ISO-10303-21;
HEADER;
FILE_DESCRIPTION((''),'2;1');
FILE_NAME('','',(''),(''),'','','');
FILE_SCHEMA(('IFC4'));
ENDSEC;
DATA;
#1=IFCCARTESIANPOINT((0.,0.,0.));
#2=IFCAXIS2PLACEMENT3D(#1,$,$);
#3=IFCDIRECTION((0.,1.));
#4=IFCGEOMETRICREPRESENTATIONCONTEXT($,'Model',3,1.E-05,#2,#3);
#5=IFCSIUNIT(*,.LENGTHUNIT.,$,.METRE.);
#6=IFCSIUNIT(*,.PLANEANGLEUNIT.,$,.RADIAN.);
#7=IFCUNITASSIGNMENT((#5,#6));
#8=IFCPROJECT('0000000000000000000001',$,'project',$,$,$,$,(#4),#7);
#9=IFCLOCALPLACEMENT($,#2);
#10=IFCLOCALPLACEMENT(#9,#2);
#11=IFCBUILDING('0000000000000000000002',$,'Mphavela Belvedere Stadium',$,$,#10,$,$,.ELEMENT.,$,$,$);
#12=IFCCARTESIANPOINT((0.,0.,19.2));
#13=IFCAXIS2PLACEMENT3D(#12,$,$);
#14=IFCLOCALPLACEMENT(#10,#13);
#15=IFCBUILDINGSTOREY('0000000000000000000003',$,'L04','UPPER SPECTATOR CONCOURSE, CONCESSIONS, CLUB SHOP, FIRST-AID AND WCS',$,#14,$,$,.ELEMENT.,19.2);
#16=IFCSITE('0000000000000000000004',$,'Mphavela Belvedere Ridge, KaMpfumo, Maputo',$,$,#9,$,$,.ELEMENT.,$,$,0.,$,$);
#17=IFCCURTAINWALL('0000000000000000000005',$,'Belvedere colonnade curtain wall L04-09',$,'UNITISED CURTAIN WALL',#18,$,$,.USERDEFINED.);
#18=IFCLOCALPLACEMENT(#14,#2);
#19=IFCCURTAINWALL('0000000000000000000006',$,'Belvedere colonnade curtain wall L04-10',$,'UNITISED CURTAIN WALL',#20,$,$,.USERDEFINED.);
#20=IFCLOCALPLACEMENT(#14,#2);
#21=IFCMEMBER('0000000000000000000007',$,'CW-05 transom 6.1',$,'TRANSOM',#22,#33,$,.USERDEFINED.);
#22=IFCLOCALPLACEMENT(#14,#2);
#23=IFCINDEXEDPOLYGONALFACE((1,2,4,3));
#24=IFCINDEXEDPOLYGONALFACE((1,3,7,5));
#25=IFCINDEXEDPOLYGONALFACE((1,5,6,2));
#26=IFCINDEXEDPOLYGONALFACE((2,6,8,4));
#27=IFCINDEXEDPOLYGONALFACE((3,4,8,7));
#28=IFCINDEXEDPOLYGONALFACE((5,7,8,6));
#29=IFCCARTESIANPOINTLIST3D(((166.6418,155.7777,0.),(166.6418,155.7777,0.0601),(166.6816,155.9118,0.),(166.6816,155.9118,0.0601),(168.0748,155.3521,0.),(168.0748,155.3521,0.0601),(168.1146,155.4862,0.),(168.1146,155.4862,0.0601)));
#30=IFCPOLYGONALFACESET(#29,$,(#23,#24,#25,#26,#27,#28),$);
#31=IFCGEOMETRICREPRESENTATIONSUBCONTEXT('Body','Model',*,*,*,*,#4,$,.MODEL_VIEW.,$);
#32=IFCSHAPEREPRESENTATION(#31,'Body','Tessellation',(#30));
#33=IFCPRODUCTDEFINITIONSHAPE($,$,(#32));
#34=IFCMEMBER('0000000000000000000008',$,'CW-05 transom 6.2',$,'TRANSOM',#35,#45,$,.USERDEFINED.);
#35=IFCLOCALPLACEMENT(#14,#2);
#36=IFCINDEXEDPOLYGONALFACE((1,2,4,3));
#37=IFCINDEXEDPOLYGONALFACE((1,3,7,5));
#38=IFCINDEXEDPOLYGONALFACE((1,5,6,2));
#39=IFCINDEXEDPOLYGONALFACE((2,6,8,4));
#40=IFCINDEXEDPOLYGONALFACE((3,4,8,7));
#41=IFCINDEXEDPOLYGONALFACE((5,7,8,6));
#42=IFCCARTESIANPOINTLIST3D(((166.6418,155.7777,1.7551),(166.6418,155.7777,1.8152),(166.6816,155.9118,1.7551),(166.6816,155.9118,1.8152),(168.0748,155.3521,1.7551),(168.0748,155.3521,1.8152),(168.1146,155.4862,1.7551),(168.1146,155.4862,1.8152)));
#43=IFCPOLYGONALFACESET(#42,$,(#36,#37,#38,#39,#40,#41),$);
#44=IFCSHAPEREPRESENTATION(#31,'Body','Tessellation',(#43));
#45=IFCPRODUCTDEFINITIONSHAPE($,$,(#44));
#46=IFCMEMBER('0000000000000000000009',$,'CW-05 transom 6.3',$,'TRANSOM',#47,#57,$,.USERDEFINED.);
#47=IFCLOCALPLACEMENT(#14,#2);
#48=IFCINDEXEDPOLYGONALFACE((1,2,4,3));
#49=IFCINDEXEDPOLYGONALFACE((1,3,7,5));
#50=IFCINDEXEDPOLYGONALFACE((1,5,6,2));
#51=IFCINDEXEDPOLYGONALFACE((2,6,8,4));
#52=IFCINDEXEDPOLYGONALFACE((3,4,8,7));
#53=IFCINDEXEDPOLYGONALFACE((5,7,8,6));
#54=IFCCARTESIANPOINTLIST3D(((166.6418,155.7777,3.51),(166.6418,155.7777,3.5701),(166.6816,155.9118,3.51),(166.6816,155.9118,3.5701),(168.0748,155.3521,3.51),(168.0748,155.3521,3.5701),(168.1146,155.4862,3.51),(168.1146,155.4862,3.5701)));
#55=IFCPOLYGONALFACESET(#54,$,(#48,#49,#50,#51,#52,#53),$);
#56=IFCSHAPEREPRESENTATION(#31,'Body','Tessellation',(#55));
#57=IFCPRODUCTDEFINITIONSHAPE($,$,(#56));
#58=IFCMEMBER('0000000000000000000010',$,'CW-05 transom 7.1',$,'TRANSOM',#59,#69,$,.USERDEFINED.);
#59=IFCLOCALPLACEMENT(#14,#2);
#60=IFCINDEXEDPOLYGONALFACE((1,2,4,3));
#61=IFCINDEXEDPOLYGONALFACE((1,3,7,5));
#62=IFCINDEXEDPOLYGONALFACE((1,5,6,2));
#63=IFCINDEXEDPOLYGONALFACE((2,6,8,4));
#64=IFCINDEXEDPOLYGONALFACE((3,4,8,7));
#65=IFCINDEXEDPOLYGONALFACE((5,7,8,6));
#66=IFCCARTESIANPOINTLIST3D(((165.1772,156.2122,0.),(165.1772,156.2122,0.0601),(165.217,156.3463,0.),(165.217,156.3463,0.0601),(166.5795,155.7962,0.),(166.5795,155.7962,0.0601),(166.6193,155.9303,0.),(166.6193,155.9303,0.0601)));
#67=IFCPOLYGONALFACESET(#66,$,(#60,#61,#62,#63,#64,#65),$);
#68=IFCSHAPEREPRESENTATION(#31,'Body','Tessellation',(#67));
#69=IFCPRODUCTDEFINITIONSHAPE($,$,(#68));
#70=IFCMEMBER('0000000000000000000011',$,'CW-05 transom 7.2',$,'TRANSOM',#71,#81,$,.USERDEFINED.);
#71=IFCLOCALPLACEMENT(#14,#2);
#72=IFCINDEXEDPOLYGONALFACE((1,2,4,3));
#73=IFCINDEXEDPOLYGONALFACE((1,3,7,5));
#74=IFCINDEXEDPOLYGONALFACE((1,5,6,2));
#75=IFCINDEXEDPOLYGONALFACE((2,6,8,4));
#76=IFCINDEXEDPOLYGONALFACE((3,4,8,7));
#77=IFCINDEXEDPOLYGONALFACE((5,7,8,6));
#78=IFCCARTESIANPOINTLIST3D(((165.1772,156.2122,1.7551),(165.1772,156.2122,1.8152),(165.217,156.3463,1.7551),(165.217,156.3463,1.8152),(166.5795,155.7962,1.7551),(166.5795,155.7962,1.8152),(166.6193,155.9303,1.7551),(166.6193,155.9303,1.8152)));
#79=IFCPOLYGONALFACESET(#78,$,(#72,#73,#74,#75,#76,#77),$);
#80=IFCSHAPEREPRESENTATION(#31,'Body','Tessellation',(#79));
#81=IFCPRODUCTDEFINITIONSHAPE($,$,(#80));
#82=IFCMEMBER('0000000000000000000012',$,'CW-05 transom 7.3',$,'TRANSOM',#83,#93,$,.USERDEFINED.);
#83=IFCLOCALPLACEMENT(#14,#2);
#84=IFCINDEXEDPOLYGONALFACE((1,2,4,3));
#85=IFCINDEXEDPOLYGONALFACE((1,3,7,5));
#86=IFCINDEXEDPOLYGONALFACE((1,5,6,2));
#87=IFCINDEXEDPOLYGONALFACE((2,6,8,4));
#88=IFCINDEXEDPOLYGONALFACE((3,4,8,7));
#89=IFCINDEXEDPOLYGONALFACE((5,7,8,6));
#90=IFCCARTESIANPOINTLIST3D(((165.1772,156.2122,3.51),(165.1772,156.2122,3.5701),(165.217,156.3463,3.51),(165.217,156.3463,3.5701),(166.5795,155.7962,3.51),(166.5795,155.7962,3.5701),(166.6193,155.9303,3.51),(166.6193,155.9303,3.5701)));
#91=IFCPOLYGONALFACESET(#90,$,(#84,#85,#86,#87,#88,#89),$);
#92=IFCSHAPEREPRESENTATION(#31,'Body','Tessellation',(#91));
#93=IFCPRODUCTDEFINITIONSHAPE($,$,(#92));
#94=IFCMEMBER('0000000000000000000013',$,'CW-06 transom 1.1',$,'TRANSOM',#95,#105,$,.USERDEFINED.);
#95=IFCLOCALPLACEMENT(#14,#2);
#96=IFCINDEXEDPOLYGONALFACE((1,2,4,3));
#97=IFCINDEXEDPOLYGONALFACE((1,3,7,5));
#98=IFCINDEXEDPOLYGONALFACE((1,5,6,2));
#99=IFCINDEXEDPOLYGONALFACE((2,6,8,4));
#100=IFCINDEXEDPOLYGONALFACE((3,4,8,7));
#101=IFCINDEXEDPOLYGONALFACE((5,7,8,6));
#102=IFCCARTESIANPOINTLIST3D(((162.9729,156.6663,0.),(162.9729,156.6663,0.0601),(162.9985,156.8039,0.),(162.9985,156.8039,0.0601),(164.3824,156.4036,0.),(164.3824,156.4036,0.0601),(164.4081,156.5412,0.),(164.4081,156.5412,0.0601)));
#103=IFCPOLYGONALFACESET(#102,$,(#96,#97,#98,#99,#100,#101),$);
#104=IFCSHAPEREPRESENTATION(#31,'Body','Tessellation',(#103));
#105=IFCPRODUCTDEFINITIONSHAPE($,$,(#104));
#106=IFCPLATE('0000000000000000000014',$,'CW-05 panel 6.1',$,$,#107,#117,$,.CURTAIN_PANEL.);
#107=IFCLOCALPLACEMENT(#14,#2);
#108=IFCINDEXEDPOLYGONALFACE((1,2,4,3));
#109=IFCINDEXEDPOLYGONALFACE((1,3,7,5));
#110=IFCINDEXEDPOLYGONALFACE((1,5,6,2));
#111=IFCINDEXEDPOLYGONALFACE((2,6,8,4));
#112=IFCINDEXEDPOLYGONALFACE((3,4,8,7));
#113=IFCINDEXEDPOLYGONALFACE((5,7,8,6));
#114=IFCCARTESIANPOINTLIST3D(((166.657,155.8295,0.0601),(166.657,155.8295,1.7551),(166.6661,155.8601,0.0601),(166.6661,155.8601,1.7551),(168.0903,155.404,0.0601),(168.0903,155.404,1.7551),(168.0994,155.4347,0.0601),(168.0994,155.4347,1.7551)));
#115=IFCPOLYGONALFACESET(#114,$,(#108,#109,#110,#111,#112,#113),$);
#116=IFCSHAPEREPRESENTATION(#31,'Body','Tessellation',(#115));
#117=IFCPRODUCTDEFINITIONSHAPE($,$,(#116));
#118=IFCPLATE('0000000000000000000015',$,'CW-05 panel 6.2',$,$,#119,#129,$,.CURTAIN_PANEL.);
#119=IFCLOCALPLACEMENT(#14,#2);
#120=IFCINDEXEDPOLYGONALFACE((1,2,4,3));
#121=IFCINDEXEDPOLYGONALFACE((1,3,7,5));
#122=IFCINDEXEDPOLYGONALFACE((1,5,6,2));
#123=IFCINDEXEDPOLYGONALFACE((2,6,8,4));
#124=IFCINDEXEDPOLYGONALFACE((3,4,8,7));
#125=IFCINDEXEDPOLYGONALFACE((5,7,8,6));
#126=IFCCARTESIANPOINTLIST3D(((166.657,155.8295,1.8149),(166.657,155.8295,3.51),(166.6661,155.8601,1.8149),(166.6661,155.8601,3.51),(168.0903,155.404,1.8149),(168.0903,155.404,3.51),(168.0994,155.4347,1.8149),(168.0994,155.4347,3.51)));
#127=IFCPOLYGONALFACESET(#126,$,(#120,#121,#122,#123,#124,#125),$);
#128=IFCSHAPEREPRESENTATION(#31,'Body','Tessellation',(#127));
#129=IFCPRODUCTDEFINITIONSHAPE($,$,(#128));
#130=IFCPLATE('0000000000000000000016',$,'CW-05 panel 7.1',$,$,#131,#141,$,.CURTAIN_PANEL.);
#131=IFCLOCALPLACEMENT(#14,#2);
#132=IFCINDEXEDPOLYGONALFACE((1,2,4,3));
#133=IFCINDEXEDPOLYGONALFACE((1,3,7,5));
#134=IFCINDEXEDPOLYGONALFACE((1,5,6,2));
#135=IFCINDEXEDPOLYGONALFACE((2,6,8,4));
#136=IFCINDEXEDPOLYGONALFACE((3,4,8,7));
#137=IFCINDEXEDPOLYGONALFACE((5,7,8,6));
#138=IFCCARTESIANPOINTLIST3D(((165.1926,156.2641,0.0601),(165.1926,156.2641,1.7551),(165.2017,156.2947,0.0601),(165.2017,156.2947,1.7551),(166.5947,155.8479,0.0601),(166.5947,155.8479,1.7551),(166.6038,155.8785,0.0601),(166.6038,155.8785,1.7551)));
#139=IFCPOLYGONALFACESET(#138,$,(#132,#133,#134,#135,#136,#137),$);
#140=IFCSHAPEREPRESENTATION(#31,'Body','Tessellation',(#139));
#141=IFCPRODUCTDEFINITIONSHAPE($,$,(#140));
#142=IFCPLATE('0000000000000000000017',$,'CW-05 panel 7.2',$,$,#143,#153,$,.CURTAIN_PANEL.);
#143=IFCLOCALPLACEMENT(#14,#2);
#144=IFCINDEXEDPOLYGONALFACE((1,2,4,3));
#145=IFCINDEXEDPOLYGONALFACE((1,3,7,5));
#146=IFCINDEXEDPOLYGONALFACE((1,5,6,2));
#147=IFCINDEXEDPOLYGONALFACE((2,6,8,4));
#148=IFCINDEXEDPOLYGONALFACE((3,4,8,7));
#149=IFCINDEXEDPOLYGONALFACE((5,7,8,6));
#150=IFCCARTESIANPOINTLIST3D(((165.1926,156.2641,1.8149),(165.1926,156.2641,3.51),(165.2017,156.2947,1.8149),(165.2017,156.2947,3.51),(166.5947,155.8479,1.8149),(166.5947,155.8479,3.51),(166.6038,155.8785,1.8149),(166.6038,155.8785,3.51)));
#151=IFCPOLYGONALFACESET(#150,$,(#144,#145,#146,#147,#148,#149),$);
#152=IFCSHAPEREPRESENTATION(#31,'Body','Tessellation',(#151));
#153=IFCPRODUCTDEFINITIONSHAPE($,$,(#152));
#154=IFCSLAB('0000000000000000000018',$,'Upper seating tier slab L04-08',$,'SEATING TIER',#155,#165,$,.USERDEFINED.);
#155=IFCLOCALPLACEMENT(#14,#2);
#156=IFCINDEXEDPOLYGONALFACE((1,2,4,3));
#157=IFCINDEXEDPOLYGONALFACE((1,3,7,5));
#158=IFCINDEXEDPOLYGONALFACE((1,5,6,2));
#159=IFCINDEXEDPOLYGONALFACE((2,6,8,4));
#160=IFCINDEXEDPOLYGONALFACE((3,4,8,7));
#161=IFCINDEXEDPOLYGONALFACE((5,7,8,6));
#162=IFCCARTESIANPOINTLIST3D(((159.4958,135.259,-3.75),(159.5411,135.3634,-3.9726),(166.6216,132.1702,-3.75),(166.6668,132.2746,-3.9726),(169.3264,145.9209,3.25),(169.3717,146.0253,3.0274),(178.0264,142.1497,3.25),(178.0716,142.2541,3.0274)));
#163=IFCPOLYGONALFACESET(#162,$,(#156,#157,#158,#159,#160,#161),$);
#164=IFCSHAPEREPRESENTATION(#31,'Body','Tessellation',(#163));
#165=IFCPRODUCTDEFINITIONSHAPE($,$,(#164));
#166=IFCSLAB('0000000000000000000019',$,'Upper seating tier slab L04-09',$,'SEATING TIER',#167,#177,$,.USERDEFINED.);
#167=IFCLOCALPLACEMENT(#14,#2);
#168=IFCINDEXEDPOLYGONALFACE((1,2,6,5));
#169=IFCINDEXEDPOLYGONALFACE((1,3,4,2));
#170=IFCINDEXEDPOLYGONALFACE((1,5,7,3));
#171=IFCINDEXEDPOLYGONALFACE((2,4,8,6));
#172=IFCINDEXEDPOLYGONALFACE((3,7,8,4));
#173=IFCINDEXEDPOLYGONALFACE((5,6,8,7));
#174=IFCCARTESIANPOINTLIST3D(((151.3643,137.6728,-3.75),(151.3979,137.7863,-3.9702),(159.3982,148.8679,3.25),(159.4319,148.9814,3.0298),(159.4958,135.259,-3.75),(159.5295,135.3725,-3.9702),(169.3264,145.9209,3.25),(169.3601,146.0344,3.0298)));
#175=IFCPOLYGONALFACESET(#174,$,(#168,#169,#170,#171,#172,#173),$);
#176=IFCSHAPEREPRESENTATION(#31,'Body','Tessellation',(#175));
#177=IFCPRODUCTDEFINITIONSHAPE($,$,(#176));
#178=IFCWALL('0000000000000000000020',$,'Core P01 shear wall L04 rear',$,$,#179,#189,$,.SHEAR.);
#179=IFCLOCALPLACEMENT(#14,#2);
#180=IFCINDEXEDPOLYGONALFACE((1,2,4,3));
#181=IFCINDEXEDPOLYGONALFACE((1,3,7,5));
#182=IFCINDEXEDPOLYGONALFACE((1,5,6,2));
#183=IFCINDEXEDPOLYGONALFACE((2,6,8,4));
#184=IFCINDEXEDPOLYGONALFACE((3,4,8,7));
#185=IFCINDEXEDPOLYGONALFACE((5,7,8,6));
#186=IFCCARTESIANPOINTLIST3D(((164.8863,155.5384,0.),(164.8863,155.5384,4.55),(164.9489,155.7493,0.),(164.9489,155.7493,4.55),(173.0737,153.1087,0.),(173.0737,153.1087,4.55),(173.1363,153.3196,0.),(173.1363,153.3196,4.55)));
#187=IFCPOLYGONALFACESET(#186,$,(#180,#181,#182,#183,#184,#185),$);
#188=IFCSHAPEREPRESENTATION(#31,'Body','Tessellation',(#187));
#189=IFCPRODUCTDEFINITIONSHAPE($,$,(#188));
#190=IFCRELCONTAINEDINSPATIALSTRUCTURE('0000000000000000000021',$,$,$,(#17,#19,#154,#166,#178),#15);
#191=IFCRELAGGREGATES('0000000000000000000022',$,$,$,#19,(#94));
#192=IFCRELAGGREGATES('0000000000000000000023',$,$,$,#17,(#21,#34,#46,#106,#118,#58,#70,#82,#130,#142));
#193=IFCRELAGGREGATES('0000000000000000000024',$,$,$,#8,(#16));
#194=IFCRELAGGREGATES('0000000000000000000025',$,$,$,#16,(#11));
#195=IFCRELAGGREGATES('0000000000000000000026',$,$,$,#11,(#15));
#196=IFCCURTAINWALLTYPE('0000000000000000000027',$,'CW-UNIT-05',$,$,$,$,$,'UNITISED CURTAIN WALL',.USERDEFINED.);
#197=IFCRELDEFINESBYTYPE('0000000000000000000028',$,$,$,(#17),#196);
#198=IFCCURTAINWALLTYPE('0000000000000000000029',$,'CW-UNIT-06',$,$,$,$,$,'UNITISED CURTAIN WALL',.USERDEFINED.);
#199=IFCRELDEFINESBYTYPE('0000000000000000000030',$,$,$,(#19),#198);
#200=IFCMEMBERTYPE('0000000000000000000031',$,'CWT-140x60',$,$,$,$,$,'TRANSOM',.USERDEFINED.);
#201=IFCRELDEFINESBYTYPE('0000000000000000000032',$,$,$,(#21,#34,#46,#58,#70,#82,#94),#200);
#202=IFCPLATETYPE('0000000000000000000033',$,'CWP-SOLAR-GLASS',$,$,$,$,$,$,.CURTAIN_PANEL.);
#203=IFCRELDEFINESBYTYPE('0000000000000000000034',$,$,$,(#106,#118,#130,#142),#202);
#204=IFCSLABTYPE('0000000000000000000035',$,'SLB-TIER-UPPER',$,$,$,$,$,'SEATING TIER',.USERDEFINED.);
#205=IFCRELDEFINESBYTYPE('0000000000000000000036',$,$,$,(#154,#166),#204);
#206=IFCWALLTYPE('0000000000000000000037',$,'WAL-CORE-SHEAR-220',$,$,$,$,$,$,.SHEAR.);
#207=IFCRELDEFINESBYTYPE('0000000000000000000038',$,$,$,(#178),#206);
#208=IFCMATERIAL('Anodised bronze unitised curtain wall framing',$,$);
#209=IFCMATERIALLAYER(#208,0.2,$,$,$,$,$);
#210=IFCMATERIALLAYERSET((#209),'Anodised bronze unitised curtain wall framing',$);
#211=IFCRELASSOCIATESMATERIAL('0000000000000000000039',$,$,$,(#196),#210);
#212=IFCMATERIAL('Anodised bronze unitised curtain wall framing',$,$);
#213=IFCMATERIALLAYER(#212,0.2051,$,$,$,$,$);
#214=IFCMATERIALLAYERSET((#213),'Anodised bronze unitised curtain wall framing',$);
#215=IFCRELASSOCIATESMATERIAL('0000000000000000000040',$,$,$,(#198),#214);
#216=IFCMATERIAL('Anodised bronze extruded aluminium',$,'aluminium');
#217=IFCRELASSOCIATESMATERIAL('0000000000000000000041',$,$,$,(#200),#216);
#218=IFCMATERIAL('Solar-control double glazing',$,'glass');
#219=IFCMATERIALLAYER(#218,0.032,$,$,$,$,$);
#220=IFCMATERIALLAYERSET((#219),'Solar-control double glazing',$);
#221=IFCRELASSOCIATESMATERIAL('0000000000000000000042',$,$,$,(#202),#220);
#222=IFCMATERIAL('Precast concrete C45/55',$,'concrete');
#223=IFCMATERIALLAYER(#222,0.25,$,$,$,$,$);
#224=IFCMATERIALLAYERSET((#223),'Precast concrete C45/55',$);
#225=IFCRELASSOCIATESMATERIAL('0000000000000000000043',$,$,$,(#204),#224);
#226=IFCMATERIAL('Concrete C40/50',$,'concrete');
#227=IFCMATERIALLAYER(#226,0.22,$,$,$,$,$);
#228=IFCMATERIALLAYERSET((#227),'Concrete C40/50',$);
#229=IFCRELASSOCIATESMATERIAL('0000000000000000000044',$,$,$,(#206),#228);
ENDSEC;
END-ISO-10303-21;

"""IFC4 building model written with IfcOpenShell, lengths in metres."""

from ifc_helpers import new_model, si_unit, direction, frame, frame_2d, origin, origin_2d, place, context, subcontext, project, spatial, polyline, rectangle, outline, extrude, material, layer, layer_set, material_profile, profile_set, type_object, element, aggregate, save


model = new_model("IFC4")

# Units and contexts
model_context = context("Model", 3, precision=1e-05, world=origin(), true_north=direction((0.0, 1.0)))
body_context = subcontext(model_context, "Body", "Model", "MODEL_VIEW")
ifc_project = project(units=[si_unit("LENGTHUNIT", "METRE"), si_unit("PLANEANGLEUNIT", "RADIAN")], contexts=[model_context])

# Site, building, storey
site_placement = place(None, origin())
site = spatial("IfcSite", under=ifc_project, at=site_placement, Name="Mphavela Belvedere Ridge, KaMpfumo, Maputo", CompositionType="ELEMENT", RefElevation=0.0)
building_placement = place(site_placement, origin())
building = spatial("IfcBuilding", under=site, at=building_placement, Name="Mphavela Belvedere Stadium", CompositionType="ELEMENT")
storey_placement = place(building_placement, frame((0.0, 0.0, 19.2)))
storey = spatial("IfcBuildingStorey", under=building, at=storey_placement, Name="L04", Description="UPPER SPECTATOR CONCOURSE, CONCESSIONS, CLUB SHOP, FIRST-AID AND WCS", CompositionType="ELEMENT", Elevation=19.2)

# Curtain wall
ifc_material_1 = material(Name="Anodised bronze unitised curtain wall framing")
ifc_layer_1 = layer(ifc_material_1, 0.2)
ifc_layer_set_1 = layer_set([ifc_layer_1], Name="Anodised bronze unitised curtain wall framing")
curtain_wall_type_1 = type_object("IfcCurtainWallType", Name="CW-UNIT-05", ElementType="UNITISED CURTAIN WALL", PredefinedType="USERDEFINED", material=ifc_layer_set_1)
curtain_wall_1_placement = place(storey_placement, origin())
curtain_wall_1 = element("IfcCurtainWall", 1, at=curtain_wall_1_placement, inside=storey, type_object=curtain_wall_type_1, Name="Belvedere colonnade curtain wall L04-09", ObjectType="UNITISED CURTAIN WALL", PredefinedType="USERDEFINED")

# Curtain wall
ifc_material_2 = material(Name="Anodised bronze unitised curtain wall framing")
ifc_layer_2 = layer(ifc_material_2, 0.2051)
ifc_layer_set_2 = layer_set([ifc_layer_2], Name="Anodised bronze unitised curtain wall framing")
curtain_wall_type_2 = type_object("IfcCurtainWallType", Name="CW-UNIT-06", ElementType="UNITISED CURTAIN WALL", PredefinedType="USERDEFINED", material=ifc_layer_set_2)
curtain_wall_2_placement = place(storey_placement, origin())
curtain_wall_2 = element("IfcCurtainWall", 2, at=curtain_wall_2_placement, inside=storey, type_object=curtain_wall_type_2, Name="Belvedere colonnade curtain wall L04-10", ObjectType="UNITISED CURTAIN WALL", PredefinedType="USERDEFINED")

# Members
ifc_material_3 = material(Name="Anodised bronze extruded aluminium", Category="aluminium")
ifc_material_profile_1 = material_profile(ifc_material_3, rectangle(XDim=0.1399, YDim=0.0601, at=origin_2d()), Name="CW-TRN 140x60")
ifc_profile_set_1 = profile_set([ifc_material_profile_1], Name="Anodised bronze extruded aluminium")
member_type_1 = type_object("IfcMemberType", Name="CWT-140x60", ElementType="TRANSOM", PredefinedType="USERDEFINED", material=ifc_profile_set_1)
member_1_placement = place(storey_placement, frame((168.0947, 155.4192, 0.03), z_axis=(-0.958632, 0.28465, 0.0), x_axis=(-0.28465, -0.958632, 0.0)))
member_1 = element("IfcMember", 3, at=member_1_placement, type_object=member_type_1, Name="CW-05 transom 6.1", ObjectType="TRANSOM", PredefinedType="USERDEFINED", context=body_context, shape_type="SweptSolid", body=[
    extrude(rectangle(XDim=0.1399, YDim=0.0601, at=origin_2d()), origin(), (0.0, 0.0, 1.0), 1.4949),
])
member_2_placement = place(storey_placement, frame((168.0947, 155.4192, 1.7852), z_axis=(-0.958632, 0.28465, 0.0), x_axis=(-0.28465, -0.958632, 0.0)))
member_2 = element("IfcMember", 4, at=member_2_placement, type_object=member_type_1, Name="CW-05 transom 6.2", ObjectType="TRANSOM", PredefinedType="USERDEFINED", context=body_context, shape_type="SweptSolid", body=[
    extrude(rectangle(XDim=0.1399, YDim=0.0601, at=origin_2d()), origin(), (0.0, 0.0, 1.0), 1.4949),
])
member_3_placement = place(storey_placement, frame((168.0947, 155.4192, 3.54), z_axis=(-0.958632, 0.28465, 0.0), x_axis=(-0.28465, -0.958632, 0.0)))
member_3 = element("IfcMember", 5, at=member_3_placement, type_object=member_type_1, Name="CW-05 transom 6.3", ObjectType="TRANSOM", PredefinedType="USERDEFINED", context=body_context, shape_type="SweptSolid", body=[
    extrude(rectangle(XDim=0.1399, YDim=0.0601, at=origin_2d()), origin(), (0.0, 0.0, 1.0), 1.4949),
])
member_4_placement = place(storey_placement, frame((166.5994, 155.8633, 0.03), z_axis=(-0.958704, 0.284407, 0.0), x_axis=(-0.284407, -0.958704, 0.0)))
member_4 = element("IfcMember", 6, at=member_4_placement, type_object=member_type_1, Name="CW-05 transom 7.1", ObjectType="TRANSOM", PredefinedType="USERDEFINED", context=body_context, shape_type="SweptSolid", body=[
    extrude(rectangle(XDim=0.1399, YDim=0.0601, at=origin_2d()), origin(), (0.0, 0.0, 1.0), 1.4626),
])
member_5_placement = place(storey_placement, frame((166.5994, 155.8633, 1.7852), z_axis=(-0.958704, 0.284407, 0.0), x_axis=(-0.284407, -0.958704, 0.0)))
member_5 = element("IfcMember", 7, at=member_5_placement, type_object=member_type_1, Name="CW-05 transom 7.2", ObjectType="TRANSOM", PredefinedType="USERDEFINED", context=body_context, shape_type="SweptSolid", body=[
    extrude(rectangle(XDim=0.1399, YDim=0.0601, at=origin_2d()), origin(), (0.0, 0.0, 1.0), 1.4626),
])
member_6_placement = place(storey_placement, frame((166.5994, 155.8633, 3.54), z_axis=(-0.958704, 0.284407, 0.0), x_axis=(-0.284407, -0.958704, 0.0)))
member_6 = element("IfcMember", 8, at=member_6_placement, type_object=member_type_1, Name="CW-05 transom 7.3", ObjectType="TRANSOM", PredefinedType="USERDEFINED", context=body_context, shape_type="SweptSolid", body=[
    extrude(rectangle(XDim=0.1399, YDim=0.0601, at=origin_2d()), origin(), (0.0, 0.0, 1.0), 1.4626),
])
member_7_placement = place(storey_placement, frame((164.3953, 156.4724, 0.03), z_axis=(-0.983076, 0.183199, 0.0), x_axis=(-0.183199, -0.983076, 0.0)))
member_7 = element("IfcMember", 9, at=member_7_placement, type_object=member_type_1, Name="CW-06 transom 1.1", ObjectType="TRANSOM", PredefinedType="USERDEFINED", context=body_context, shape_type="SweptSolid", body=[
    extrude(rectangle(XDim=0.1399, YDim=0.0601, at=origin_2d()), origin(), (0.0, 0.0, 1.0), 1.4338),
])
aggregate(curtain_wall_2, [member_7])

# Plates
ifc_material_4 = material(Name="Solar-control double glazing", Category="glass")
ifc_layer_3 = layer(ifc_material_4, 0.032)
ifc_layer_set_3 = layer_set([ifc_layer_3], Name="Solar-control double glazing")
plate_type = type_object("IfcPlateType", Name="CWP-SOLAR-GLASS", PredefinedType="CURTAIN_PANEL", material=ifc_layer_set_3)
plate_1_placement = place(storey_placement, frame((167.3782, 155.6321, 0.0601), z_axis=(0.0, 0.0, 1.0), x_axis=(-0.958658, 0.284561, 0.0)))
plate_1 = element("IfcPlate", 10, at=plate_1_placement, type_object=plate_type, Name="CW-05 panel 6.1", PredefinedType="CURTAIN_PANEL", context=body_context, shape_type="SweptSolid", body=[
    extrude(rectangle(XDim=1.4951, YDim=0.032, at=origin_2d()), origin(), (0.0, 0.0, 1.0), 1.6951),
])
plate_2_placement = place(storey_placement, frame((167.3782, 155.6321, 1.8149), z_axis=(0.0, 0.0, 1.0), x_axis=(-0.958658, 0.284561, 0.0)))
plate_2 = element("IfcPlate", 11, at=plate_2_placement, type_object=plate_type, Name="CW-05 panel 6.2", PredefinedType="CURTAIN_PANEL", context=body_context, shape_type="SweptSolid", body=[
    extrude(rectangle(XDim=1.4951, YDim=0.032, at=origin_2d()), origin(), (0.0, 0.0, 1.0), 1.6951),
])
plate_3_placement = place(storey_placement, frame((165.8982, 156.0713, 0.0601), z_axis=(0.0, 0.0, 1.0), x_axis=(-0.958658, 0.284561, 0.0)))
plate_3 = element("IfcPlate", 12, at=plate_3_placement, type_object=plate_type, Name="CW-05 panel 7.1", PredefinedType="CURTAIN_PANEL", context=body_context, shape_type="SweptSolid", body=[
    extrude(rectangle(XDim=1.4626, YDim=0.032, at=origin_2d()), origin(), (0.0, 0.0, 1.0), 1.6951),
])
plate_4_placement = place(storey_placement, frame((165.8982, 156.0713, 1.8149), z_axis=(0.0, 0.0, 1.0), x_axis=(-0.958658, 0.284561, 0.0)))
plate_4 = element("IfcPlate", 13, at=plate_4_placement, type_object=plate_type, Name="CW-05 panel 7.2", PredefinedType="CURTAIN_PANEL", context=body_context, shape_type="SweptSolid", body=[
    extrude(rectangle(XDim=1.4626, YDim=0.032, at=origin_2d()), origin(), (0.0, 0.0, 1.0), 1.6951),
])
aggregate(curtain_wall_1, [member_1, member_2, member_3, plate_1, plate_2, member_4, member_5, member_6, plate_3, plate_4])

# Slabs
ifc_material_5 = material(Name="Precast concrete C45/55", Category="concrete")
ifc_layer_4 = layer(ifc_material_5, 0.25)
ifc_layer_set_4 = layer_set([ifc_layer_4], Name="Precast concrete C45/55")
slab_type = type_object("IfcSlabType", Name="SLB-TIER-UPPER", ElementType="SEATING TIER", PredefinedType="USERDEFINED", material=ifc_layer_set_4)
slab_1_placement = place(storey_placement, frame((166.6216, 132.1702, -3.75), z_axis=(-0.181044, -0.417652, 0.890388), x_axis=(-0.917506, 0.397721, 0.0)))
element("IfcSlab", 14, at=slab_1_placement, inside=storey, type_object=slab_type, Name="Upper seating tier slab L04-08", ObjectType="SEATING TIER", PredefinedType="USERDEFINED", context=body_context, shape_type="SweptSolid", body=[
    extrude(outline(polyline([(0.0, 0.0), (7.7664, 0.0), (2.9873, -15.3777), (-6.4949, -15.3778), (0.0, 0.0)])), origin(), (0.0, 0.0, -1.0), 0.25),
])
slab_2_placement = place(storey_placement, frame((159.4958, 135.259, -3.75), z_axis=(-0.134764, -0.453999, 0.880752), x_axis=(-0.958655, 0.28457, 0.000002)))
element("IfcSlab", 15, at=slab_2_placement, inside=storey, type_object=slab_type, Name="Upper seating tier slab L04-09", ObjectType="SEATING TIER", PredefinedType="USERDEFINED", context=body_context, shape_type="SweptSolid", body=[
    extrude(outline(polyline([(0.0, 0.0), (8.4823, 0.0), (3.9663, -14.7811), (-6.3901, -14.7812), (0.0, 0.0)])), origin(), (0.0, 0.0, -1.0), 0.25),
])

# Wall
ifc_material_6 = material(Name="Concrete C40/50", Category="concrete")
ifc_layer_5 = layer(ifc_material_6, 0.22)
ifc_layer_set_5 = layer_set([ifc_layer_5], Name="Concrete C40/50")
wall_type = type_object("IfcWallType", Name="WAL-CORE-SHEAR-220", PredefinedType="SHEAR", material=ifc_layer_set_5)
wall_1_placement = place(storey_placement, frame((164.9177, 155.6438, 0.0), z_axis=(0.0, 0.0, 1.0), x_axis=(0.958676, -0.284501, 0.0)))
element("IfcWall", 16, at=wall_1_placement, inside=storey, type_object=wall_type, Name="Core P01 shear wall L04 rear", PredefinedType="SHEAR", context=body_context, shape_type="SweptSolid", body=[
    extrude(rectangle(XDim=8.5403, YDim=0.22, at=frame_2d((4.27, 0.0))), origin(), (0.0, 0.0, 1.0), 4.55),
])

save(model, "model.ifc")
